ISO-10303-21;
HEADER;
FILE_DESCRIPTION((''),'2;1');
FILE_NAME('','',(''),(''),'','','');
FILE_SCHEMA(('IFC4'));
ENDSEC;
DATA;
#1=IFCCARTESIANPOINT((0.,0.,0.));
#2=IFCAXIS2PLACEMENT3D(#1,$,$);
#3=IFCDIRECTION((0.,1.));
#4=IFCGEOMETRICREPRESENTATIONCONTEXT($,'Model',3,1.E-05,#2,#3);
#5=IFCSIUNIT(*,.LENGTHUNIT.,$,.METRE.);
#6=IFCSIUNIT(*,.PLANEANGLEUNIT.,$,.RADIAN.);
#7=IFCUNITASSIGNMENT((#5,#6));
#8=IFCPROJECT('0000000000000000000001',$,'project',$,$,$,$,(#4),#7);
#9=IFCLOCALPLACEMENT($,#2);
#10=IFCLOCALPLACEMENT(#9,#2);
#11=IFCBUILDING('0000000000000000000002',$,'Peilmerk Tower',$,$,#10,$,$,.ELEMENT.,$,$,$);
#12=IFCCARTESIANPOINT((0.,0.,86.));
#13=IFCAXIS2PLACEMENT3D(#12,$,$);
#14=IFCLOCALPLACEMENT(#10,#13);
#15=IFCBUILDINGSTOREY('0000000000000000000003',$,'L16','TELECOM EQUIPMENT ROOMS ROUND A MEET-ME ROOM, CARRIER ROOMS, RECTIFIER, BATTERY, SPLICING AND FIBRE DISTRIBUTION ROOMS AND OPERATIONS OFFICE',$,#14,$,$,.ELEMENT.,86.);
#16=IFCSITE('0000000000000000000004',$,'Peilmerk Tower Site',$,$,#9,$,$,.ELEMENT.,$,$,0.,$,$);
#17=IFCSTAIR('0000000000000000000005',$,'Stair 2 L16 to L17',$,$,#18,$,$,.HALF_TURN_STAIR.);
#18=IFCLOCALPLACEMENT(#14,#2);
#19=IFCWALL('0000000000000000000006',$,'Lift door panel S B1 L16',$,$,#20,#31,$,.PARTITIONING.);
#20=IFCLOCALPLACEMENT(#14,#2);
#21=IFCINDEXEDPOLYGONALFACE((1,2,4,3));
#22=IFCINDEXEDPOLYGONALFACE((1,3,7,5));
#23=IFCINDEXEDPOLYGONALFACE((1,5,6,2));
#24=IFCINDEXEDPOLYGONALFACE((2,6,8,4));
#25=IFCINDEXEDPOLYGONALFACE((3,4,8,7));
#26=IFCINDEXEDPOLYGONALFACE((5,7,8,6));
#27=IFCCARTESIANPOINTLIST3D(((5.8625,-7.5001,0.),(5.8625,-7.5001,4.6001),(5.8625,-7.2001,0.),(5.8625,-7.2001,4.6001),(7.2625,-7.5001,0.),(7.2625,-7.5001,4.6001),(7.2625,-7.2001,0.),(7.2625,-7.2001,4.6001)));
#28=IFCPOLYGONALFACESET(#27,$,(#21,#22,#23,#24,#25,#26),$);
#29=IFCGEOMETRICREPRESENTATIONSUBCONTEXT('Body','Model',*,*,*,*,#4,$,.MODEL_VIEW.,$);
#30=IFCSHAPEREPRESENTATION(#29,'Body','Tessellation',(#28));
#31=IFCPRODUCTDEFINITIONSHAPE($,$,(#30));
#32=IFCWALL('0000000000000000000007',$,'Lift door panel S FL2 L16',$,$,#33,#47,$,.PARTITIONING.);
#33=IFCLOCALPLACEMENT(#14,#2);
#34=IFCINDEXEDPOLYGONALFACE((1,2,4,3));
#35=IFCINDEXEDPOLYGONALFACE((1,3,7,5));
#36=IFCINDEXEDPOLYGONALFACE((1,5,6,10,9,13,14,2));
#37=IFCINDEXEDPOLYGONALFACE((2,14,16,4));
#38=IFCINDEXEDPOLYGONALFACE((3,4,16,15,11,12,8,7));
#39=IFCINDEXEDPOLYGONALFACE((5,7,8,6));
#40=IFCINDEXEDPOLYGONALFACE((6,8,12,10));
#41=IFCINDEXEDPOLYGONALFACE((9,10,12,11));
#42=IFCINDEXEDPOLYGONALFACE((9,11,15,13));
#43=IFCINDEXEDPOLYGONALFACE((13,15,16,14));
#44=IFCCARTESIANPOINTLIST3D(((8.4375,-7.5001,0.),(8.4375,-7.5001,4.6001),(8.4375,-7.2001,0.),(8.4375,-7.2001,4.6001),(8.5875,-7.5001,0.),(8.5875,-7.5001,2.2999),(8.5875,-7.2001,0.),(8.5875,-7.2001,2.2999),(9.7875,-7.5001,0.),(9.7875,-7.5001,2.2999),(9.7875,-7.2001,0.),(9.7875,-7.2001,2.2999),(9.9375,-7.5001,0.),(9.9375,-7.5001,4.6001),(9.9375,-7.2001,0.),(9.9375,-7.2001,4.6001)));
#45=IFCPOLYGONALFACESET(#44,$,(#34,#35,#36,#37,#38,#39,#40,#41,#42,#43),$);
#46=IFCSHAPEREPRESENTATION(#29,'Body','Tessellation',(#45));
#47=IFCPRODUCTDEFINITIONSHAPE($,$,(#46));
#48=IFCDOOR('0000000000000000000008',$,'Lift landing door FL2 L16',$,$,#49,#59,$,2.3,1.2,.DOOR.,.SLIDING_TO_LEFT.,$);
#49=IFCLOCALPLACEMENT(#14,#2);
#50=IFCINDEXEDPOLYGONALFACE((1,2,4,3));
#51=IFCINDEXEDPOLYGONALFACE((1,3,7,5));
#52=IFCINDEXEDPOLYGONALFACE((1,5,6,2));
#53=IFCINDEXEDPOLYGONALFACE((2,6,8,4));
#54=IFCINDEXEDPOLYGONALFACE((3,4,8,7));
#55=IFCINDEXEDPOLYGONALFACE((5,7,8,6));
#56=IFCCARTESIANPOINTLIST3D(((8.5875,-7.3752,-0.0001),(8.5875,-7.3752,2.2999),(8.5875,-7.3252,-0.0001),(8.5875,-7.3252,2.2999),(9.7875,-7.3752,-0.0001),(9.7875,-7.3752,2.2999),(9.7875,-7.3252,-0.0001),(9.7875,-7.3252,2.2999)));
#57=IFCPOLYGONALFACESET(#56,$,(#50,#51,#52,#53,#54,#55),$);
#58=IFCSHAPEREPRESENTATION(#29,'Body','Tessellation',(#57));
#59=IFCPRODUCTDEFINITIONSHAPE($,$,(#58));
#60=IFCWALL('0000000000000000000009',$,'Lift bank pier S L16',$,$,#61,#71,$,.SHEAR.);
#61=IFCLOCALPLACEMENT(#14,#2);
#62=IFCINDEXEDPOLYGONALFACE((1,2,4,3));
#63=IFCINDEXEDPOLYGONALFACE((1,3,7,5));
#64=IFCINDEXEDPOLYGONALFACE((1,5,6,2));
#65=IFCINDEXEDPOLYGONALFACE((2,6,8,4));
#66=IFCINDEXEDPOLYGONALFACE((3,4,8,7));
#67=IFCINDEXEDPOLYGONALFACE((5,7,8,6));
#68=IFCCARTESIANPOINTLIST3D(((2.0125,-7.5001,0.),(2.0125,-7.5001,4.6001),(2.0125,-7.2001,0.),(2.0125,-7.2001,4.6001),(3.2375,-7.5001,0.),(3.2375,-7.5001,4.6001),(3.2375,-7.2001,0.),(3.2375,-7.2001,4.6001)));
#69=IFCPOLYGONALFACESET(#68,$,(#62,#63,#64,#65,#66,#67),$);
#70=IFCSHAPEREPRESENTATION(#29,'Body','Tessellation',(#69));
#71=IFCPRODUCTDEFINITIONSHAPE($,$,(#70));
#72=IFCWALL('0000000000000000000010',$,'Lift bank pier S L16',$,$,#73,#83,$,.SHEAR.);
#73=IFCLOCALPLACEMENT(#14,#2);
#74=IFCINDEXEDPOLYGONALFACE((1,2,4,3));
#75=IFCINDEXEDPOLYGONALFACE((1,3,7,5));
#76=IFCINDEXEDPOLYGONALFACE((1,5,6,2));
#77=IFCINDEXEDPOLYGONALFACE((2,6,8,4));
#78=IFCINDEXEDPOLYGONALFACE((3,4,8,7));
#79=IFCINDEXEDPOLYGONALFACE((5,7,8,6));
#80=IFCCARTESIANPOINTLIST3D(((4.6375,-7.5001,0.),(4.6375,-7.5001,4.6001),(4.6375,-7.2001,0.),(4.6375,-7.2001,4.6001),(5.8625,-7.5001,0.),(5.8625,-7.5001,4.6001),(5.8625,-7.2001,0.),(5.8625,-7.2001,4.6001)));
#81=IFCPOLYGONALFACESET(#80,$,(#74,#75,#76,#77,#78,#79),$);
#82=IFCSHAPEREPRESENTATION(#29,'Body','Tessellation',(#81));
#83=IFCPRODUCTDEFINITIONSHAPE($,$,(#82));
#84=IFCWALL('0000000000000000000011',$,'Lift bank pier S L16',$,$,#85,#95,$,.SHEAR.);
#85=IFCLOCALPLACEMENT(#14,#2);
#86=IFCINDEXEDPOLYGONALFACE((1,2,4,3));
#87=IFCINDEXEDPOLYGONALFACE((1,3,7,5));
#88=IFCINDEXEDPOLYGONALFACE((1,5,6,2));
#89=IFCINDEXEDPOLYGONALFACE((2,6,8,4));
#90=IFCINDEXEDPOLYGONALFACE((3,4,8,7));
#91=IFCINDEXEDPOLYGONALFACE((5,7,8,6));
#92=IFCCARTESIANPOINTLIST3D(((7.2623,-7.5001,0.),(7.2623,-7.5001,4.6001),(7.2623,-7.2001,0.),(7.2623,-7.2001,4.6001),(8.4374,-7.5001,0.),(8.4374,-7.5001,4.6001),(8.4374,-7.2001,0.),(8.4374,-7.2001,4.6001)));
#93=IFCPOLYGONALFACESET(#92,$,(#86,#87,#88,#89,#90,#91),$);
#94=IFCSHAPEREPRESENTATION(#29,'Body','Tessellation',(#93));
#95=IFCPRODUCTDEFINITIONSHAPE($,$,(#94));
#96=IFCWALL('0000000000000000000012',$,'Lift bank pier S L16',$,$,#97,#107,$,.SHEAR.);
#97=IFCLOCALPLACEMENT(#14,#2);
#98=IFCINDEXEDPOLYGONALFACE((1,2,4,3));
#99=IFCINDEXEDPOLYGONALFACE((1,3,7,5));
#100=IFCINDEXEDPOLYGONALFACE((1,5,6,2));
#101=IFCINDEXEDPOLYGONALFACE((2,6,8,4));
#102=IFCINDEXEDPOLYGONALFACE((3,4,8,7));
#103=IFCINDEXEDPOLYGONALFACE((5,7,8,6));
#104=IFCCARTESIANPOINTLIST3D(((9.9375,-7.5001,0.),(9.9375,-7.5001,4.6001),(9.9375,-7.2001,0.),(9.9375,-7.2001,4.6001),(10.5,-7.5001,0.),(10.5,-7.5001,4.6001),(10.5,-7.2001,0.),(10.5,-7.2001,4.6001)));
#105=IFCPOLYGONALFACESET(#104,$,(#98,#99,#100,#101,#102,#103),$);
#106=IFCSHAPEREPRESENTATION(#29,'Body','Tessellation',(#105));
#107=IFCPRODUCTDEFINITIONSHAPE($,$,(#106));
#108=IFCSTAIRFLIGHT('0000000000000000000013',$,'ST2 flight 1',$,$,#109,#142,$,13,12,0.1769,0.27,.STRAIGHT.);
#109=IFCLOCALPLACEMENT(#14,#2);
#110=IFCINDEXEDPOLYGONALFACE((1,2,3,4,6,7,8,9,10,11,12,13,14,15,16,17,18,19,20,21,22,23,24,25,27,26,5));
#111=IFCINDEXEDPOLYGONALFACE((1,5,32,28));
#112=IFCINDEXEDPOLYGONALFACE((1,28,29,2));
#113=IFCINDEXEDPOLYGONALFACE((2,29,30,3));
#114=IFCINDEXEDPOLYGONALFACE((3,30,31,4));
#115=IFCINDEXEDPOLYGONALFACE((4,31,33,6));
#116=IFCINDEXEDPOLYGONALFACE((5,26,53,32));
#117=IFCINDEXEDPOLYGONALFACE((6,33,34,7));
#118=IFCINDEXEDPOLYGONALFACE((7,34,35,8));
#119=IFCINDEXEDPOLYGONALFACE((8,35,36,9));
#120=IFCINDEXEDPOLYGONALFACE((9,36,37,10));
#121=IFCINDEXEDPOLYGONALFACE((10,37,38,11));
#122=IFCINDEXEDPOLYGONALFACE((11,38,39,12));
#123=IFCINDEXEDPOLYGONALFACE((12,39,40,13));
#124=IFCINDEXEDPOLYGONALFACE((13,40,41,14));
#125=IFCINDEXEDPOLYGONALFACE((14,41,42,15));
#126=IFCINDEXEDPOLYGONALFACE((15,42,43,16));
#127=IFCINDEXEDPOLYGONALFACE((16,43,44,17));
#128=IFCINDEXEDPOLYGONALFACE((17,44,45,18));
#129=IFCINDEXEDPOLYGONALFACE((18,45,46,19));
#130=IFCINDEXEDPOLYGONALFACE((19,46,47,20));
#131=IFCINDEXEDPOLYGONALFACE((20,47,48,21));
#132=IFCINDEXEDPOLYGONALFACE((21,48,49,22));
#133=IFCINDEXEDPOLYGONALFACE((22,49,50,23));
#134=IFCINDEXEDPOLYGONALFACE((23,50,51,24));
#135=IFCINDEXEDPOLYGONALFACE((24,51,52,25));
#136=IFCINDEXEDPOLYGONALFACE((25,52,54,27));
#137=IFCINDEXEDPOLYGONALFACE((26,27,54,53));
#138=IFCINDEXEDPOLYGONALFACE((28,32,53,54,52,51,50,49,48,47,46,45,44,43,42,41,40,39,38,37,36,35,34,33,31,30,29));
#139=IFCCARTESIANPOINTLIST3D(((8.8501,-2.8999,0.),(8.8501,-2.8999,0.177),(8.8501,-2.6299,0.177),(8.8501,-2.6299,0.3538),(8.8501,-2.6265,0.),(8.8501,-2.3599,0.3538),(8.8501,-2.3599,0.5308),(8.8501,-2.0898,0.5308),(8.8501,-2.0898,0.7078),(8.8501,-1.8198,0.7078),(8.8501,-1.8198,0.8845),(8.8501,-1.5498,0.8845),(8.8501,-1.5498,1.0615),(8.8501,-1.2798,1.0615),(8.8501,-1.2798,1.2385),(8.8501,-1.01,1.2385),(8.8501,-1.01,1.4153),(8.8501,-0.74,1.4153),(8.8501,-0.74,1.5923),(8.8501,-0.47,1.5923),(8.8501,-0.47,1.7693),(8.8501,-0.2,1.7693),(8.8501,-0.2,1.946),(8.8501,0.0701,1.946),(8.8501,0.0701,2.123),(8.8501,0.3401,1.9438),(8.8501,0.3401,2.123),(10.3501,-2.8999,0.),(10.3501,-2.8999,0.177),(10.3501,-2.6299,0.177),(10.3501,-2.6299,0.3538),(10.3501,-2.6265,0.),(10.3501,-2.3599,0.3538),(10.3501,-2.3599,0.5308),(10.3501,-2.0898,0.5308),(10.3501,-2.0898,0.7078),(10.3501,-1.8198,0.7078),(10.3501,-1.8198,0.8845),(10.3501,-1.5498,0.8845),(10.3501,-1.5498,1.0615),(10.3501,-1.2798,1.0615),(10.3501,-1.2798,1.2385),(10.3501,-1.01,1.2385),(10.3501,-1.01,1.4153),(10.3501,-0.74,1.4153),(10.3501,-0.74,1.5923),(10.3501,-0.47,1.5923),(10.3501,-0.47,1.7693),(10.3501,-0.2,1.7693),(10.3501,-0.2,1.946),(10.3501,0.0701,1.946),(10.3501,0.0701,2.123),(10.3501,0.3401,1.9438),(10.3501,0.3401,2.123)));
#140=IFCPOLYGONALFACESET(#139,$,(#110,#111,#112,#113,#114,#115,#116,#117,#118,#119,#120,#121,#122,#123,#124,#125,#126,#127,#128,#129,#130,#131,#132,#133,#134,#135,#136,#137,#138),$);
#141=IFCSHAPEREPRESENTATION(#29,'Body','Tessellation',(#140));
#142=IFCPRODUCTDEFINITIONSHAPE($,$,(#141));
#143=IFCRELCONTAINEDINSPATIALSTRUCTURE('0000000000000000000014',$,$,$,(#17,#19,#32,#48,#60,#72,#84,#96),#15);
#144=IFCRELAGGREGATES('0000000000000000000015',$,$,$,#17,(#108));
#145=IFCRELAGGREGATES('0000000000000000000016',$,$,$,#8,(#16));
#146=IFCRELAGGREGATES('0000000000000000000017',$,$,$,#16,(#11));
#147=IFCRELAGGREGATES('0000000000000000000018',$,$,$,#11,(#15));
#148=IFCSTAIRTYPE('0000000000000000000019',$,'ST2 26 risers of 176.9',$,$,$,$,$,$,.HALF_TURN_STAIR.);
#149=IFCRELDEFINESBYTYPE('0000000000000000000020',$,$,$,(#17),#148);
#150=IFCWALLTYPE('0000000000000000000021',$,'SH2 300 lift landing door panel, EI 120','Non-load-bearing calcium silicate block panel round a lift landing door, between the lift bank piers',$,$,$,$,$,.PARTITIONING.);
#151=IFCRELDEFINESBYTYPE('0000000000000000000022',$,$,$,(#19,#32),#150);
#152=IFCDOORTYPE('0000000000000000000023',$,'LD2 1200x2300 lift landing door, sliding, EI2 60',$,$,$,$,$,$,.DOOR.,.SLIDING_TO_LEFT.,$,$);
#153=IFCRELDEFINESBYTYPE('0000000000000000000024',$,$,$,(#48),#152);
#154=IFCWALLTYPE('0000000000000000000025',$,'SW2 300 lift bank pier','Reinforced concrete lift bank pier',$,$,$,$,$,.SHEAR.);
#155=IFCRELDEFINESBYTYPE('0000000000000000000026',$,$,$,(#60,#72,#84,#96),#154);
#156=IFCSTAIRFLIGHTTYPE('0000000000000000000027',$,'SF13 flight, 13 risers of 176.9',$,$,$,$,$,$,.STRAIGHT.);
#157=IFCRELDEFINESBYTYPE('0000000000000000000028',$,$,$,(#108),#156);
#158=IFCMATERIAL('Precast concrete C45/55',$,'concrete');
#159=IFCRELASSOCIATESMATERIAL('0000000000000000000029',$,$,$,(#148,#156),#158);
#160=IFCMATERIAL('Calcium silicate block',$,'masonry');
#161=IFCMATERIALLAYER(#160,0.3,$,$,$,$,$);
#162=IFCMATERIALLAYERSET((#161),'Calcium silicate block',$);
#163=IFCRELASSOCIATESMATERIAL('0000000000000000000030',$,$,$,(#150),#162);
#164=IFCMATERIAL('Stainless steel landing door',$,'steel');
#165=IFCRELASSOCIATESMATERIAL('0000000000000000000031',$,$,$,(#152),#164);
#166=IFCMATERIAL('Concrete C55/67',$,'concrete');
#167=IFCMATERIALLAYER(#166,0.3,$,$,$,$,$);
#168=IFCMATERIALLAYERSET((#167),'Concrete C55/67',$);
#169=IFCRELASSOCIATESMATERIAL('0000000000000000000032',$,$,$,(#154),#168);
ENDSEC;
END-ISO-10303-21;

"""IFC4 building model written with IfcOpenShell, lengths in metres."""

from ifc_helpers import new_model, si_unit, direction, frame, frame_2d, origin, place, context, subcontext, project, spatial, polyline, rectangle, outline, extrude, material, layer, layer_set, type_object, element, fill, aggregate, save


model = new_model("IFC4")

# Units and contexts
model_context = context("Model", 3, precision=1e-05, world=origin(), true_north=direction((0.0, 1.0)))
body_context = subcontext(model_context, "Body", "Model", "MODEL_VIEW")
ifc_project = project(units=[si_unit("LENGTHUNIT", "METRE"), si_unit("PLANEANGLEUNIT", "RADIAN")], contexts=[model_context])

# Site, building, storey
site_placement = place(None, origin())
site = spatial("IfcSite", under=ifc_project, at=site_placement, Name="Peilmerk Tower Site", CompositionType="ELEMENT", RefElevation=0.0)
building_placement = place(site_placement, origin())
building = spatial("IfcBuilding", under=site, at=building_placement, Name="Peilmerk Tower", CompositionType="ELEMENT")
storey_placement = place(building_placement, frame((0.0, 0.0, 86.0)))
storey = spatial("IfcBuildingStorey", under=building, at=storey_placement, Name="L16", Description="TELECOM EQUIPMENT ROOMS ROUND A MEET-ME ROOM, CARRIER ROOMS, RECTIFIER, BATTERY, SPLICING AND FIBRE DISTRIBUTION ROOMS AND OPERATIONS OFFICE", CompositionType="ELEMENT", Elevation=86.0)

# Stair
ifc_material_1 = material(Name="Precast concrete C45/55", Category="concrete")
stair_type_1 = type_object("IfcStairType", Name="ST2 26 risers of 176.9", PredefinedType="HALF_TURN_STAIR", material=ifc_material_1)
stair_1_placement = place(storey_placement, origin())
stair_1 = element("IfcStair", 1, at=stair_1_placement, inside=storey, type_object=stair_type_1, Name="Stair 2 L16 to L17", PredefinedType="HALF_TURN_STAIR")

# Shared definitions
ifc_material_2 = material(Name="Calcium silicate block", Category="masonry")
ifc_layer_1 = layer(ifc_material_2, 0.3)
ifc_layer_set_1 = layer_set([ifc_layer_1], Name="Calcium silicate block")
wall_type_1 = type_object("IfcWallType", Name="SH2 300 lift landing door panel, EI 120", Description="Non-load-bearing calcium silicate block panel round a lift landing door, between the lift bank piers", PredefinedType="PARTITIONING", material=ifc_layer_set_1)

# Wall
wall_1_placement = place(storey_placement, frame((5.8625, -7.3501, 0.0), z_axis=(0.0, 0.0, 1.0), x_axis=(1.0, 0.0, 0.0)))
element("IfcWall", 2, at=wall_1_placement, inside=storey, type_object=wall_type_1, Name="Lift door panel S B1 L16", PredefinedType="PARTITIONING", context=body_context, shape_type="SweptSolid", body=[
    extrude(rectangle(XDim=1.3999, YDim=0.3, at=frame_2d((0.7, 0.0))), origin(), (0.0, 0.0, 1.0), 4.6001),
])

# Wall, opening, door
wall_2_placement = place(storey_placement, frame((8.4375, -7.3501, 0.0), z_axis=(0.0, 0.0, 1.0), x_axis=(1.0, 0.0, 0.0)))
wall_2 = element("IfcWall", 3, at=wall_2_placement, inside=storey, type_object=wall_type_1, Name="Lift door panel S FL2 L16", PredefinedType="PARTITIONING", context=body_context, shape_type="SweptSolid", body=[
    extrude(rectangle(XDim=1.5, YDim=0.3, at=frame_2d((0.75, 0.0))), origin(), (0.0, 0.0, 1.0), 4.6001),
])
opening_1_placement = place(wall_2_placement, frame((0.1499, 0.0, 0.0)))
opening_1 = element("IfcOpeningElement", 4, at=opening_1_placement, cuts=wall_2, PredefinedType="OPENING", context=body_context, shape_type="SweptSolid", body=[
    extrude(rectangle(XDim=1.2, YDim=2.3, at=frame_2d((0.6001, 1.1499))), frame((0.0, 0.1599, 0.0), z_axis=(0.0, -1.0, 0.0), x_axis=(1.0, 0.0, 0.0)), (0.0, 0.0, 1.0), 0.3201),
])
ifc_material_3 = material(Name="Stainless steel landing door", Category="steel")
door_type_1 = type_object("IfcDoorType", Name="LD2 1200x2300 lift landing door, sliding, EI2 60", OperationType="SLIDING_TO_LEFT", PredefinedType="DOOR", material=ifc_material_3)
door_1_placement = place(opening_1_placement, origin())
door_1 = element("IfcDoor", 5, at=door_1_placement, inside=storey, type_object=door_type_1, Name="Lift landing door FL2 L16", OperationType="SLIDING_TO_LEFT", OverallHeight=2.3, OverallWidth=1.2, PredefinedType="DOOR", context=body_context, shape_type="SweptSolid", body=[
    extrude(rectangle(XDim=1.2, YDim=2.3, at=frame_2d((0.6001, 1.1499))), frame((0.0, 0.0249, 0.0), z_axis=(0.0, -1.0, 0.0), x_axis=(1.0, 0.0, 0.0)), (0.0, 0.0, 1.0), 0.05),
])
fill(opening_1, door_1)

# Walls
ifc_material_4 = material(Name="Concrete C55/67", Category="concrete")
ifc_layer_2 = layer(ifc_material_4, 0.3)
ifc_layer_set_2 = layer_set([ifc_layer_2], Name="Concrete C55/67")
wall_type_2 = type_object("IfcWallType", Name="SW2 300 lift bank pier", Description="Reinforced concrete lift bank pier", PredefinedType="SHEAR", material=ifc_layer_set_2)
for number, where, z_axis, x_axis, name in (
    (6, (2.0125, -7.3501, 0.0), (0.0, 0.0, 1.0), (1.0, 0.0, 0.0), "Lift bank pier S L16"),
    (7, (4.6375, -7.3501, 0.0), (0.0, 0.0, 1.0), (1.0, 0.0, 0.0), "Lift bank pier S L16"),
):
    element("IfcWall", number, at=place(storey_placement, frame(where, z_axis=z_axis, x_axis=x_axis)), inside=storey, type_object=wall_type_2, Name=name, PredefinedType="SHEAR", context=body_context, shape_type="SweptSolid", body=[
        extrude(rectangle(XDim=1.2251, YDim=0.3, at=frame_2d((0.6125, 0.0))), origin(), (0.0, 0.0, 1.0), 4.6001),
    ])
wall_3_placement = place(storey_placement, frame((7.2625, -7.3501, 0.0), z_axis=(0.0, 0.0, 1.0), x_axis=(1.0, 0.0, 0.0)))
element("IfcWall", 8, at=wall_3_placement, inside=storey, type_object=wall_type_2, Name="Lift bank pier S L16", PredefinedType="SHEAR", context=body_context, shape_type="SweptSolid", body=[
    extrude(rectangle(XDim=1.175, YDim=0.3, at=frame_2d((0.5874, 0.0))), origin(), (0.0, 0.0, 1.0), 4.6001),
])
wall_4_placement = place(storey_placement, frame((9.9375, -7.3501, 0.0), z_axis=(0.0, 0.0, 1.0), x_axis=(1.0, 0.0, 0.0)))
element("IfcWall", 9, at=wall_4_placement, inside=storey, type_object=wall_type_2, Name="Lift bank pier S L16", PredefinedType="SHEAR", context=body_context, shape_type="SweptSolid", body=[
    extrude(rectangle(XDim=0.5625, YDim=0.3, at=frame_2d((0.2812, 0.0))), origin(), (0.0, 0.0, 1.0), 4.6001),
])

# Stair flight
stair_flight_type = type_object("IfcStairFlightType", Name="SF13 flight, 13 risers of 176.9", PredefinedType="STRAIGHT", material=ifc_material_1)
stair_flight_placement = place(storey_placement, frame((9.6001, -2.8999, 0.0), z_axis=(0.0, 0.0, 1.0), x_axis=(0.0, 1.0, 0.0)))
stair_flight = element("IfcStairFlight", 10, at=stair_flight_placement, type_object=stair_flight_type, Name="ST2 flight 1", NumberOfRisers=13, NumberOfTreads=12, PredefinedType="STRAIGHT", RiserHeight=0.1769, TreadLength=0.27, context=body_context, shape_type="SweptSolid", body=[
    extrude(outline(polyline([(0.0, 0.0), (0.0, 0.177), (0.27, 0.177), (0.27, 0.3538), (0.54, 0.3538), (0.54, 0.5308), (0.8101, 0.5308), (0.8101, 0.7078), (1.0801, 0.7078), (1.0801, 0.8845), (1.3501, 0.8845), (1.3501, 1.0615), (1.6201, 1.0615), (1.6201, 1.2385), (1.8899, 1.2385), (1.8899, 1.4153), (2.1599, 1.4153), (2.1599, 1.5923), (2.4299, 1.5923), (2.4299, 1.7693), (2.7, 1.7693), (2.7, 1.946), (2.97, 1.946), (2.97, 2.123), (3.24, 2.123), (3.24, 2.3), (3.24, 1.9438), (0.2734, 0.0), (0.0, 0.0)])), frame((0.0, 0.75, 0.0), z_axis=(0.0, -1.0, 0.0), x_axis=(1.0, 0.0, 0.0)), (0.0, 0.0, 1.0), 1.5),
])
aggregate(stair_1, [stair_flight])

save(model, "model.ifc")
